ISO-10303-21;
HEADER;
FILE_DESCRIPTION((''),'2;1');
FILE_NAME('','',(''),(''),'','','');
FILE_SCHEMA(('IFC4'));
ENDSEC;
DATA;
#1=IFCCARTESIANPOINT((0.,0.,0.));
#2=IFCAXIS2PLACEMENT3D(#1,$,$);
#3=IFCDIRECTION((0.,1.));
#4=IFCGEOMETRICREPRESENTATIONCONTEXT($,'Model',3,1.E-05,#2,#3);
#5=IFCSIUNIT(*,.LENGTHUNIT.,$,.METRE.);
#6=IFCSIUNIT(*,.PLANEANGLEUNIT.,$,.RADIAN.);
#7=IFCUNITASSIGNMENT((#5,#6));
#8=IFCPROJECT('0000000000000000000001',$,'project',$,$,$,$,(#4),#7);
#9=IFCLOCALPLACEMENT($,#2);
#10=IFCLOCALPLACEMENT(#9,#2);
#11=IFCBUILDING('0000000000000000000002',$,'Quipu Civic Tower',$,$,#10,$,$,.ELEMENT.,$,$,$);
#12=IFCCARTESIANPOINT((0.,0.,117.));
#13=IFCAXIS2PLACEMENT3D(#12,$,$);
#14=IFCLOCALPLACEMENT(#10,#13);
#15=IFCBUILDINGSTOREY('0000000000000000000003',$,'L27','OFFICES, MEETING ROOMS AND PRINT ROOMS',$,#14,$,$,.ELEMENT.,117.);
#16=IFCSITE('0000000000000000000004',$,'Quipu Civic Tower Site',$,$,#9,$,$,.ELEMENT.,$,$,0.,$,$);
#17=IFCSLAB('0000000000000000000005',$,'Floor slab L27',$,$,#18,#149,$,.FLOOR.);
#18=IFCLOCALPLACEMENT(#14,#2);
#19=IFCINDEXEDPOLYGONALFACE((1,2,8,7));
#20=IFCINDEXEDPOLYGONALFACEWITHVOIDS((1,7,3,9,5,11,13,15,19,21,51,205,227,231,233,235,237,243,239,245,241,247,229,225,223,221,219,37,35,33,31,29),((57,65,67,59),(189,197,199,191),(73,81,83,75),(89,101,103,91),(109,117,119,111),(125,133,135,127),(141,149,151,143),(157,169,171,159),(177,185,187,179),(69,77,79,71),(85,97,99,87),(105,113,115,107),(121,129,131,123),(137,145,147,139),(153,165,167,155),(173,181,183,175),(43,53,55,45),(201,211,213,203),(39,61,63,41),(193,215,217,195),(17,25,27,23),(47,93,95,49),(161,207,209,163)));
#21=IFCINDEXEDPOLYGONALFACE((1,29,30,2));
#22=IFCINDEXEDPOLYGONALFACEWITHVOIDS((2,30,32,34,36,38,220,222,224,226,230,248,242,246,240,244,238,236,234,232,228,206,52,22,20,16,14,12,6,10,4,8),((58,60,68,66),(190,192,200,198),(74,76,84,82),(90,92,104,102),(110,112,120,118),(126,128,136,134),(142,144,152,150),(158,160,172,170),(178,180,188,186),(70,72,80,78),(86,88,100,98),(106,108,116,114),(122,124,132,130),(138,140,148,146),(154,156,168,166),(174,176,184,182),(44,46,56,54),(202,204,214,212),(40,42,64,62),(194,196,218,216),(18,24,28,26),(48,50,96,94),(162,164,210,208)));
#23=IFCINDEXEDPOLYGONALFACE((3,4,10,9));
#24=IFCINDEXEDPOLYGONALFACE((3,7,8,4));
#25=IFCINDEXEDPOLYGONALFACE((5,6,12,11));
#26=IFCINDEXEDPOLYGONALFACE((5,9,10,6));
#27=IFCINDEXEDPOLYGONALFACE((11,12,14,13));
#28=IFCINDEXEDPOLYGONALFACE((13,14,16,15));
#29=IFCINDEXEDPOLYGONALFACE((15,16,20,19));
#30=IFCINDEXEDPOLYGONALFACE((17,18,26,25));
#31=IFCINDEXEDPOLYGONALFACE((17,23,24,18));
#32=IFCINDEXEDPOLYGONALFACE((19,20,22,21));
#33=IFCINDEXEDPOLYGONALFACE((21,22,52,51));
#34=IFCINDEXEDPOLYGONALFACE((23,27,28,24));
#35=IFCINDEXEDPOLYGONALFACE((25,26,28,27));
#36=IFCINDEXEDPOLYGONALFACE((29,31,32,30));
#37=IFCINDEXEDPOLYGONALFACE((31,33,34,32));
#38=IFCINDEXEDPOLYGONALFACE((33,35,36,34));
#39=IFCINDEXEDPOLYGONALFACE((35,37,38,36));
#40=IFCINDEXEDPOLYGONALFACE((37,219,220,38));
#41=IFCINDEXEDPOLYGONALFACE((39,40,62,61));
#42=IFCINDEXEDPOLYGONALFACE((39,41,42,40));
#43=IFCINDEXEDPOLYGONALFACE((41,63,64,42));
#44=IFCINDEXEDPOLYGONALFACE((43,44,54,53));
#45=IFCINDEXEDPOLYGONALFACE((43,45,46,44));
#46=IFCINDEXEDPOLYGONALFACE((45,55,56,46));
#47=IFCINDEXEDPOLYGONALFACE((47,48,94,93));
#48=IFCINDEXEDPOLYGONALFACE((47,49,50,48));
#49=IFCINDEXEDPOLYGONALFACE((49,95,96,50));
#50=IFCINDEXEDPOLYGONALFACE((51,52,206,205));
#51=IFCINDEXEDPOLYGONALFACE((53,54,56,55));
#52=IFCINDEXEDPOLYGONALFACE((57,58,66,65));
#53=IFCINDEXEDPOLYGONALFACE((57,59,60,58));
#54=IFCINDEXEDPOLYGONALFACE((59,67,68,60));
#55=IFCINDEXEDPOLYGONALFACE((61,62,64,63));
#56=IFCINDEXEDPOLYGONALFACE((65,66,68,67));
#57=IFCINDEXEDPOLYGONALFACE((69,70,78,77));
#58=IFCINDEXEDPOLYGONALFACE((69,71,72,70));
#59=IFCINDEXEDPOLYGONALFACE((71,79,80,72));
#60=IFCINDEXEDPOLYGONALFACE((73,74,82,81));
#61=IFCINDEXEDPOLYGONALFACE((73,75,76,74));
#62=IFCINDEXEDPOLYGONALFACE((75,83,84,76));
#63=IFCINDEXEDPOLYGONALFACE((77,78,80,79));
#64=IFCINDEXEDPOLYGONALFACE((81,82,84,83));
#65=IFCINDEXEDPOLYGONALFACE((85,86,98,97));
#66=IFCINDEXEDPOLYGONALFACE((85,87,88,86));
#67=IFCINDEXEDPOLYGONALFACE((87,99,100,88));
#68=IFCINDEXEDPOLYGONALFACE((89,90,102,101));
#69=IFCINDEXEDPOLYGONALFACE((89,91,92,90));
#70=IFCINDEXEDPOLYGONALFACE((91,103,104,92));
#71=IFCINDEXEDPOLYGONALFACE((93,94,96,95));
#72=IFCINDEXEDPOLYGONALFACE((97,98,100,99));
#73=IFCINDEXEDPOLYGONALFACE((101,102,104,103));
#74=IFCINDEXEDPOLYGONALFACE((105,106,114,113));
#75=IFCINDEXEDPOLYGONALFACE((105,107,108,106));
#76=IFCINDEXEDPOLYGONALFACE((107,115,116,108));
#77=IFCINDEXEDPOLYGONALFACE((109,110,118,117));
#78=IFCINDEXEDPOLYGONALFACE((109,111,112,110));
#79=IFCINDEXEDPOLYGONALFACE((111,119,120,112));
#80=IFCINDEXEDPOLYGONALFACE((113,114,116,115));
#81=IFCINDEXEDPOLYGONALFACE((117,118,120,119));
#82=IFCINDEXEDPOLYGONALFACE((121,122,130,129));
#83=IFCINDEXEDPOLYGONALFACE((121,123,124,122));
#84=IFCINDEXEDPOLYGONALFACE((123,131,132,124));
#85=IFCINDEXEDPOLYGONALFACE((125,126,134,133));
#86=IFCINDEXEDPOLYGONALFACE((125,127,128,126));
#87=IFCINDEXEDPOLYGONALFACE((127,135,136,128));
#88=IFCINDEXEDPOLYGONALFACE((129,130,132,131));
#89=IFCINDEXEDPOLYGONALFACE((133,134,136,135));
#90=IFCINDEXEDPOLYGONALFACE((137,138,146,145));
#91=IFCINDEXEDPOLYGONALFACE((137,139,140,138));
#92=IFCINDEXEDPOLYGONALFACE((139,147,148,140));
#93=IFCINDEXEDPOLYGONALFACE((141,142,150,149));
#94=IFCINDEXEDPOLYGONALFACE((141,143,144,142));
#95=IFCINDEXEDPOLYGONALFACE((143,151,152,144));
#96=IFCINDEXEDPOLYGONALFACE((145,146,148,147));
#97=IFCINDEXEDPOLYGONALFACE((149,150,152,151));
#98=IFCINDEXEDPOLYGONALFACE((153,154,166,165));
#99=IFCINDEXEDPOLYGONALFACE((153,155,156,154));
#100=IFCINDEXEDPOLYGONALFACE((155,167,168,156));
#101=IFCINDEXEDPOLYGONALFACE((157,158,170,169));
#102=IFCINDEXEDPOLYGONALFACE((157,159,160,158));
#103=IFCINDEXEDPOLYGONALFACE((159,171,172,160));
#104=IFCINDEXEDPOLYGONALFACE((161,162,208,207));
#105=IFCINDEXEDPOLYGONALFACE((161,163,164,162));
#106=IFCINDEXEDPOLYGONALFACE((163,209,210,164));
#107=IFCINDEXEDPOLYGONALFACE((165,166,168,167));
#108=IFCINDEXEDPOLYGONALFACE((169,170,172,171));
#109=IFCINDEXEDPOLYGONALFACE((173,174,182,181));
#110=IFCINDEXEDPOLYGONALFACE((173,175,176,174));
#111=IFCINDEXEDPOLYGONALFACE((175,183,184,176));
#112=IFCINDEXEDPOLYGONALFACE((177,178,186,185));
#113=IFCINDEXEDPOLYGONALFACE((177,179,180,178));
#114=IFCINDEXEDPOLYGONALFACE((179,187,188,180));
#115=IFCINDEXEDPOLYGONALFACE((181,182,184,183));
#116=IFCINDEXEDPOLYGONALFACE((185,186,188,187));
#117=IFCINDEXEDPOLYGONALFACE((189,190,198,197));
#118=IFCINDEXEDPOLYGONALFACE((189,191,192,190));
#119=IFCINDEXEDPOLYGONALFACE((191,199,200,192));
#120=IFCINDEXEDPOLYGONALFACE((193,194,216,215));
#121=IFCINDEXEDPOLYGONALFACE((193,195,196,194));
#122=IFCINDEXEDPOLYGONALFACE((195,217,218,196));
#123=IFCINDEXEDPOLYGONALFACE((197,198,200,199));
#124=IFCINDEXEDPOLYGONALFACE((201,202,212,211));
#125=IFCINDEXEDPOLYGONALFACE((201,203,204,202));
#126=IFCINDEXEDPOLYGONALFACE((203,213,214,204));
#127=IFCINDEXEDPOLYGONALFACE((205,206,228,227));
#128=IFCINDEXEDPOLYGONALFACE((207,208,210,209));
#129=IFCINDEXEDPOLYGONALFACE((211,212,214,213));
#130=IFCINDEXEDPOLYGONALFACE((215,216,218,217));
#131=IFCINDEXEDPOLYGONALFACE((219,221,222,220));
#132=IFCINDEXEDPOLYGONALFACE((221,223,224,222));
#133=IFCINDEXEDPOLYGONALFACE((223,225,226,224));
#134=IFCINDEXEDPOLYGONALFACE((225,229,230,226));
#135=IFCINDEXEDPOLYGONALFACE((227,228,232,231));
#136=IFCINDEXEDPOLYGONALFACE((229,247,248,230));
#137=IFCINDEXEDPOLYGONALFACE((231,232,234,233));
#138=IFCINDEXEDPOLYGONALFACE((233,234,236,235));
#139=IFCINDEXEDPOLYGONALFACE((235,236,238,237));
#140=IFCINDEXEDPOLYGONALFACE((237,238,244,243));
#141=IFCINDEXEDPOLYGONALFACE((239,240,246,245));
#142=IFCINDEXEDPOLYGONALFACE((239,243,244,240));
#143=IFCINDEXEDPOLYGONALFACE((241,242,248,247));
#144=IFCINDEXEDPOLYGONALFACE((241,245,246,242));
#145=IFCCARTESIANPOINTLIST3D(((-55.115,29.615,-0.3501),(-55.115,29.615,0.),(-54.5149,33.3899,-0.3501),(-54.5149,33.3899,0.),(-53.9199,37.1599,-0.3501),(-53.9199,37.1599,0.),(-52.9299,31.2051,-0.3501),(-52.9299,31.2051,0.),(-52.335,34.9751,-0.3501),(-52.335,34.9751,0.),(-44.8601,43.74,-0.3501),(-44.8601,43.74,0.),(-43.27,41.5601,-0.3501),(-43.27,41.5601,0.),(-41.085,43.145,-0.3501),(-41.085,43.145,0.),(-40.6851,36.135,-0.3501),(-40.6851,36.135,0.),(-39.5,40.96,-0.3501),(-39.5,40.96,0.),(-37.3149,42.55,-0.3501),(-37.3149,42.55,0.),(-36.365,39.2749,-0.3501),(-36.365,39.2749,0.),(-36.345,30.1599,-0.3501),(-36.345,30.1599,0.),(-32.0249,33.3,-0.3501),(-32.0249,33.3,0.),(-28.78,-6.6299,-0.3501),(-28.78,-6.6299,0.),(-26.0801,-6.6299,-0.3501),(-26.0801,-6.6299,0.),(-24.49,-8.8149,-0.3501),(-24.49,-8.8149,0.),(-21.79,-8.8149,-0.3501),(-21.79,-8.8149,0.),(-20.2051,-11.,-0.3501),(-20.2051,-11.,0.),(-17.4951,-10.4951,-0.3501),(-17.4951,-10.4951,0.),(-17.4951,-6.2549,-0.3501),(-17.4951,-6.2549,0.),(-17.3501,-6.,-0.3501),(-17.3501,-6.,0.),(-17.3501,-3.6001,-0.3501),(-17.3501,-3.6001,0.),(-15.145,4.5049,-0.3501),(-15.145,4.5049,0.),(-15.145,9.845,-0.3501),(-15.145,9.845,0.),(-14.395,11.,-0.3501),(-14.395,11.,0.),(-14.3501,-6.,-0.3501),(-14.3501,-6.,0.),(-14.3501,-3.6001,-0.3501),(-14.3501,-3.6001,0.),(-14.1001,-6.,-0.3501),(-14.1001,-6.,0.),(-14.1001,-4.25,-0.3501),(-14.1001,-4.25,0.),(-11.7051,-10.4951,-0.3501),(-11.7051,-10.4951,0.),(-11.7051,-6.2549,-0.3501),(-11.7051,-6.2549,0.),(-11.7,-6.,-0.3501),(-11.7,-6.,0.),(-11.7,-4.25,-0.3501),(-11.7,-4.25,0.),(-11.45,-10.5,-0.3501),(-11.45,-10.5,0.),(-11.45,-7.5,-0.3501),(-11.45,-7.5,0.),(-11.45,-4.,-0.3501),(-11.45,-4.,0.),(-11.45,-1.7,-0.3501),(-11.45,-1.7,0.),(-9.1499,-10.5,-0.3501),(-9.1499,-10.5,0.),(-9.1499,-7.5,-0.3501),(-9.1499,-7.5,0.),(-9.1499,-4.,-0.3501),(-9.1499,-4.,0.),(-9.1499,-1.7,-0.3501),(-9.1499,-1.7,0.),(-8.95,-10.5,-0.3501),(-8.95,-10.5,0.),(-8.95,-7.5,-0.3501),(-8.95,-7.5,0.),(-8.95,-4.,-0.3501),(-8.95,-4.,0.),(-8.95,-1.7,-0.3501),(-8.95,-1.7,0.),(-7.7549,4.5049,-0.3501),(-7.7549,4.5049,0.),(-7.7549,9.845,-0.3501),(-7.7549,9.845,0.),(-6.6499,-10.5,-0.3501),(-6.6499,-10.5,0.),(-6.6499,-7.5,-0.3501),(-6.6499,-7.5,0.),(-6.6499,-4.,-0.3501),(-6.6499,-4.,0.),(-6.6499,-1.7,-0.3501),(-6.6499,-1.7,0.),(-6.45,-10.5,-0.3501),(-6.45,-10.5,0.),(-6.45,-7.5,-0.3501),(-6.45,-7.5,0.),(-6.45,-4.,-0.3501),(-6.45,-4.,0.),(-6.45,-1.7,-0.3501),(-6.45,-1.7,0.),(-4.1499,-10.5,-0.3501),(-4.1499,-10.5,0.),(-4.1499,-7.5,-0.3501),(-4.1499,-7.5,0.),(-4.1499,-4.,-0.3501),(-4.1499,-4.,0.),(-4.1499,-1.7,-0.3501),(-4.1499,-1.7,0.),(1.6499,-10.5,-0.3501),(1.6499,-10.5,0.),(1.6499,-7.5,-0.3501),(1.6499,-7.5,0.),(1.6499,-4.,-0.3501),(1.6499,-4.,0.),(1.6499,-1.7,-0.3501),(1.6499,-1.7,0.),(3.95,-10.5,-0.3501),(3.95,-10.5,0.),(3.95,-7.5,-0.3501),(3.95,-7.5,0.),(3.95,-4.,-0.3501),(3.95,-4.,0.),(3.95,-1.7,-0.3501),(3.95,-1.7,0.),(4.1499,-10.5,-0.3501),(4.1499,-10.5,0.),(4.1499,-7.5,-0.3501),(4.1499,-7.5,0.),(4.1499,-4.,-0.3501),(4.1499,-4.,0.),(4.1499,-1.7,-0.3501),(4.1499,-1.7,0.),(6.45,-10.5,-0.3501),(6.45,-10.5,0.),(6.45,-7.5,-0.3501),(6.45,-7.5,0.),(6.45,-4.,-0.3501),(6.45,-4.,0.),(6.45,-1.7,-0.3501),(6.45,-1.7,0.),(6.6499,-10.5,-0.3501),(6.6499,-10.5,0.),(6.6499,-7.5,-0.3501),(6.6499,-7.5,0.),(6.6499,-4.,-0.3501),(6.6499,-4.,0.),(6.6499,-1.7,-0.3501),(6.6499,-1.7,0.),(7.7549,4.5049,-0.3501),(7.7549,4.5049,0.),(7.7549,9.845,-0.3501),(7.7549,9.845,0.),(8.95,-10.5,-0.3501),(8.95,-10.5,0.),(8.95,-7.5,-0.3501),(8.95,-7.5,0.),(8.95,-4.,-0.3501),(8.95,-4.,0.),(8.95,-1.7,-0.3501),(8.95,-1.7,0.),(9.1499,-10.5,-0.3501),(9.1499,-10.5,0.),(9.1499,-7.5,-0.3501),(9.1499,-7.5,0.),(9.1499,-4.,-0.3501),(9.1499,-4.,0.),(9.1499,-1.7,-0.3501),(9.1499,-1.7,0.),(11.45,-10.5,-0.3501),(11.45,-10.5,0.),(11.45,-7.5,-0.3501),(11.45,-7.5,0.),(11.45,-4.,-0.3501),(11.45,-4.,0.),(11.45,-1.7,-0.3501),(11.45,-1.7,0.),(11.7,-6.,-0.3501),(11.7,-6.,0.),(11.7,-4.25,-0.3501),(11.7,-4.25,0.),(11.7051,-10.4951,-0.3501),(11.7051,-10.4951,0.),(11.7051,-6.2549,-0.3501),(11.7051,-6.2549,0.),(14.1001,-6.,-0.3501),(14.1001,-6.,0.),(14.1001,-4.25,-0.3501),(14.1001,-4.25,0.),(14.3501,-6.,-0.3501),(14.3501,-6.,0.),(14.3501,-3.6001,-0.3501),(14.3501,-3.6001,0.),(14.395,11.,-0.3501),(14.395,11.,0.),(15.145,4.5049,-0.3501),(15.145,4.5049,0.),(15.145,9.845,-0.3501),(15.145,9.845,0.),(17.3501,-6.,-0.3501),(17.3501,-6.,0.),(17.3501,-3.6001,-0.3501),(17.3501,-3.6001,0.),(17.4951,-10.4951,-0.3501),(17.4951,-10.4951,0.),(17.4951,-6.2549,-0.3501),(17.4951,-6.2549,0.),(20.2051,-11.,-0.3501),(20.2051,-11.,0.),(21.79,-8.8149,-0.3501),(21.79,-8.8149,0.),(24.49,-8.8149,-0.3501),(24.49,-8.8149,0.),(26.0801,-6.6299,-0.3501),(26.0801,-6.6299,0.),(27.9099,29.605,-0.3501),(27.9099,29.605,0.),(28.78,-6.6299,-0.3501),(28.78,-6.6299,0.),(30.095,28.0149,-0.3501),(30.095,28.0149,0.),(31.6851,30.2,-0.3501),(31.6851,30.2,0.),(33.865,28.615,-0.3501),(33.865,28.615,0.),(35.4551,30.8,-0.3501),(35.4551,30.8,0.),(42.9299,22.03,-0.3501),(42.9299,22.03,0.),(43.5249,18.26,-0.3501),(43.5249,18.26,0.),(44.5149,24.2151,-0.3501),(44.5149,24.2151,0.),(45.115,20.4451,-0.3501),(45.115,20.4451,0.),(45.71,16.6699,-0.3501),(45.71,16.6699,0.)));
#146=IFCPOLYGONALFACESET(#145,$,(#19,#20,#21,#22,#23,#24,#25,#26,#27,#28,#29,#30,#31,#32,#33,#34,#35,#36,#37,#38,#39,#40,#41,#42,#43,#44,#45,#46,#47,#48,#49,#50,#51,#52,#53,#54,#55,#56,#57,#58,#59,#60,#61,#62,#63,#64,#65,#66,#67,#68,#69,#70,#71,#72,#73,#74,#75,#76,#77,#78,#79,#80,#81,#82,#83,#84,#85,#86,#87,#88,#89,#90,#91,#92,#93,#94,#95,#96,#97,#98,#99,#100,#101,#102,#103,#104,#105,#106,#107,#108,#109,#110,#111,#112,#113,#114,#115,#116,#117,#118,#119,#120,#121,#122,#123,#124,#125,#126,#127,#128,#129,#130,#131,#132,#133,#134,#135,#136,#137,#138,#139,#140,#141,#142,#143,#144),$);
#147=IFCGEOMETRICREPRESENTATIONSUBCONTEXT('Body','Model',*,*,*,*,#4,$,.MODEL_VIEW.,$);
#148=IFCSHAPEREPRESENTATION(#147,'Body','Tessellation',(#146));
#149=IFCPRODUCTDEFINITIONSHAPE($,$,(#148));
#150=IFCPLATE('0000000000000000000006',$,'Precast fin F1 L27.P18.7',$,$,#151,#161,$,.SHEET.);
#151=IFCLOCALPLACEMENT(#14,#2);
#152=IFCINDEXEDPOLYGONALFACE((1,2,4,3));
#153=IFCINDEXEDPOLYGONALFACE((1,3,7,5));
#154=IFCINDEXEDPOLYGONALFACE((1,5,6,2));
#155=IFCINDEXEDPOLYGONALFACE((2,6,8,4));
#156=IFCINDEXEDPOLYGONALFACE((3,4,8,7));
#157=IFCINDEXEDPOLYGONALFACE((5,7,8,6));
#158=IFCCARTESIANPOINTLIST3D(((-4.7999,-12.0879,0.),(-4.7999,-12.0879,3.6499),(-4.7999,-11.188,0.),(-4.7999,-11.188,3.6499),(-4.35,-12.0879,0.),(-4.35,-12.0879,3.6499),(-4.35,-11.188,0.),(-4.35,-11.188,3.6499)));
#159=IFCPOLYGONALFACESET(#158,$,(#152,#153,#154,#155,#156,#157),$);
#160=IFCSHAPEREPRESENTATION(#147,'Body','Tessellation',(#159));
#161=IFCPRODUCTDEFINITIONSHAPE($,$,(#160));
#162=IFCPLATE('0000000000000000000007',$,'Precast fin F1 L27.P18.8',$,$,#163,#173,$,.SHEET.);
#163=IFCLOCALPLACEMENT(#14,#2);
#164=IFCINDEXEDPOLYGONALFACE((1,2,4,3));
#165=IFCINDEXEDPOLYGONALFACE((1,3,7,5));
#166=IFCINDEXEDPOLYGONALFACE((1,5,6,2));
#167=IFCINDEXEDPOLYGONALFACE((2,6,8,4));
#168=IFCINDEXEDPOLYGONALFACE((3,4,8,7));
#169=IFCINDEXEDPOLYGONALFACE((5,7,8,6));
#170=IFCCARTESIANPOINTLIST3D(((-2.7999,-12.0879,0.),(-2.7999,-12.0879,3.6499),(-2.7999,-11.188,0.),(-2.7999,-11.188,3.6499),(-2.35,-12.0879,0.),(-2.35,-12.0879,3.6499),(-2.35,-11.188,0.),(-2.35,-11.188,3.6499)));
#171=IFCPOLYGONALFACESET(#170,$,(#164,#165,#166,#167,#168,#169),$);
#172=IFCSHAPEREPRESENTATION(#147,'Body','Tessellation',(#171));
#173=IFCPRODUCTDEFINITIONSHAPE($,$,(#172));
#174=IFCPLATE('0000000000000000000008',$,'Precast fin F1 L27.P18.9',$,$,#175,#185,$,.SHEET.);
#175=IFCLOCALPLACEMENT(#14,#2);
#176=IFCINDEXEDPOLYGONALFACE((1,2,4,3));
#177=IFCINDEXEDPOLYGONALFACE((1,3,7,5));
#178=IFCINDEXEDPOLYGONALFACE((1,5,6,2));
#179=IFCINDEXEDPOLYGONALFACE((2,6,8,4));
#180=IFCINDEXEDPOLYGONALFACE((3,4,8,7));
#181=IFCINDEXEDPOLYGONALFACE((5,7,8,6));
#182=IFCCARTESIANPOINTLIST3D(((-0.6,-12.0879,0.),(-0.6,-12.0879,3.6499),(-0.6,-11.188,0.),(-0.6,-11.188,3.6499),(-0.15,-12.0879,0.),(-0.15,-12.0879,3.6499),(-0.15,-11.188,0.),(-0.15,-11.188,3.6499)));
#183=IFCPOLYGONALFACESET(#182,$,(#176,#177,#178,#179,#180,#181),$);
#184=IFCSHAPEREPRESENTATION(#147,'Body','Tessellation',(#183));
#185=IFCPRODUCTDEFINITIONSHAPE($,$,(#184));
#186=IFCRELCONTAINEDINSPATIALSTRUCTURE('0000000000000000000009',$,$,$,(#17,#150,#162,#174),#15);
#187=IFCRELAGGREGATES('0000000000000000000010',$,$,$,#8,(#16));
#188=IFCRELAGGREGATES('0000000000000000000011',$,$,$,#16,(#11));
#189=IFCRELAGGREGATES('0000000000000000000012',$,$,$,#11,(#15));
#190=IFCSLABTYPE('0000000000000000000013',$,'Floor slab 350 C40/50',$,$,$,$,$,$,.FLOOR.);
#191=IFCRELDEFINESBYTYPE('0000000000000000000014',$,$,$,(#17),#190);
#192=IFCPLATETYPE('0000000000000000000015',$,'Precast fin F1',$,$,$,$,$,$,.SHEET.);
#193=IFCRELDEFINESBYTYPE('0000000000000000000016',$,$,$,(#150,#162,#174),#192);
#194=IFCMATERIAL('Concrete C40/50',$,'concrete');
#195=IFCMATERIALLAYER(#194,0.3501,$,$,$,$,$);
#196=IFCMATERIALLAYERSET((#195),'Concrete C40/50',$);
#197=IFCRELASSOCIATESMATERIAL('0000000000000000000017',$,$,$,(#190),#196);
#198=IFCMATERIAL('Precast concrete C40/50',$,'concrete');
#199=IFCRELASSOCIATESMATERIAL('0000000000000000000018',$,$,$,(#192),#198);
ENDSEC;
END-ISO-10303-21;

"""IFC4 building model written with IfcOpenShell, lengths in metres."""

from ifc_helpers import new_model, si_unit, direction, frame, origin, origin_2d, place, context, subcontext, project, spatial, polyline, rectangle, outline, extrude, material, layer, layer_set, type_object, element, save


model = new_model("IFC4")

# Units and contexts
model_context = context("Model", 3, precision=1e-05, world=origin(), true_north=direction((0.0, 1.0)))
body_context = subcontext(model_context, "Body", "Model", "MODEL_VIEW")
ifc_project = project(units=[si_unit("LENGTHUNIT", "METRE"), si_unit("PLANEANGLEUNIT", "RADIAN")], contexts=[model_context])

# Site, building, storey
site_placement = place(None, origin())
site = spatial("IfcSite", under=ifc_project, at=site_placement, Name="Quipu Civic Tower Site", CompositionType="ELEMENT", RefElevation=0.0)
building_placement = place(site_placement, origin())
building = spatial("IfcBuilding", under=site, at=building_placement, Name="Quipu Civic Tower", CompositionType="ELEMENT")
storey_placement = place(building_placement, frame((0.0, 0.0, 117.0)))
storey = spatial("IfcBuildingStorey", under=building, at=storey_placement, Name="L27", Description="OFFICES, MEETING ROOMS AND PRINT ROOMS", CompositionType="ELEMENT", Elevation=117.0)

# Slab
ifc_material_1 = material(Name="Concrete C40/50", Category="concrete")
ifc_layer_1 = layer(ifc_material_1, 0.3501)
ifc_layer_set_1 = layer_set([ifc_layer_1], Name="Concrete C40/50")
slab_type_1 = type_object("IfcSlabType", Name="Floor slab 350 C40/50", PredefinedType="FLOOR", material=ifc_layer_set_1)
slab_1_placement = place(storey_placement, frame((0.0, 0.0, -0.3501)))
element("IfcSlab", 1, at=slab_1_placement, inside=storey, type_object=slab_type_1, Name="Floor slab L27", PredefinedType="FLOOR", context=body_context, shape_type="SweptSolid", body=[
    extrude(outline(polyline([(27.9099, 29.605), (30.095, 28.0149), (31.6851, 30.2), (33.865, 28.615), (35.4551, 30.8), (44.5149, 24.2151), (42.9299, 22.03), (45.115, 20.4451), (43.5249, 18.26), (45.71, 16.6699), (28.78, -6.6299), (26.0801, -6.6299), (24.49, -8.8149), (21.79, -8.8149), (20.2051, -11.0), (-20.2051, -11.0), (-21.79, -8.8149), (-24.49, -8.8149), (-26.0801, -6.6299), (-28.78, -6.6299), (-55.115, 29.615), (-52.9299, 31.2051), (-54.5149, 33.3899), (-52.335, 34.9751), (-53.9199, 37.1599), (-44.8601, 43.74), (-43.27, 41.5601), (-41.085, 43.145), (-39.5, 40.96), (-37.3149, 42.55), (-14.395, 11.0), (14.395, 11.0), (27.9099, 29.605)]), holes=[polyline([(-11.45, -7.5), (-11.45, -10.5), (-9.1499, -10.5), (-9.1499, -7.5), (-11.45, -7.5)]), polyline([(-8.95, -7.5), (-8.95, -10.5), (-6.6499, -10.5), (-6.6499, -7.5), (-8.95, -7.5)]), polyline([(-6.45, -7.5), (-6.45, -10.5), (-4.1499, -10.5), (-4.1499, -7.5), (-6.45, -7.5)]), polyline([(-11.7051, -10.4951), (-11.7051, -6.2549), (-17.4951, -6.2549), (-17.4951, -10.4951), (-11.7051, -10.4951)]), polyline([(-11.7, -4.25), (-14.1001, -4.25), (-14.1001, -6.0), (-11.7, -6.0), (-11.7, -4.25)]), polyline([(-17.3501, -3.6001), (-17.3501, -6.0), (-14.3501, -6.0), (-14.3501, -3.6001), (-17.3501, -3.6001)]), polyline([(-9.1499, -1.7), (-11.45, -1.7), (-11.45, -4.0), (-9.1499, -4.0), (-9.1499, -1.7)]), polyline([(-6.6499, -1.7), (-8.95, -1.7), (-8.95, -4.0), (-6.6499, -4.0), (-6.6499, -1.7)]), polyline([(-6.45, -1.7), (-6.45, -4.0), (-4.1499, -4.0), (-4.1499, -1.7), (-6.45, -1.7)]), polyline([(3.95, -1.7), (1.6499, -1.7), (1.6499, -4.0), (3.95, -4.0), (3.95, -1.7)]), polyline([(-7.7549, 4.5049), (-7.7549, 9.845), (-15.145, 9.845), (-15.145, 4.5049), (-7.7549, 4.5049)]), polyline([(-40.6851, 36.135), (-36.345, 30.1599), (-32.0249, 33.3), (-36.365, 39.2749), (-40.6851, 36.135)]), polyline([(3.95, -7.5), (1.6499, -7.5), (1.6499, -10.5), (3.95, -10.5), (3.95, -7.5)]), polyline([(6.45, -7.5), (4.1499, -7.5), (4.1499, -10.5), (6.45, -10.5), (6.45, -7.5)]), polyline([(6.6499, -7.5), (6.6499, -10.5), (8.95, -10.5), (8.95, -7.5), (6.6499, -7.5)]), polyline([(11.45, -7.5), (9.1499, -7.5), (9.1499, -10.5), (11.45, -10.5), (11.45, -7.5)]), polyline([(11.7051, -6.2549), (11.7051, -10.4951), (17.4951, -10.4951), (17.4951, -6.2549), (11.7051, -6.2549)]), polyline([(11.7, -4.25), (11.7, -6.0), (14.1001, -6.0), (14.1001, -4.25), (11.7, -4.25)]), polyline([(17.3501, -3.6001), (14.3501, -3.6001), (14.3501, -6.0), (17.3501, -6.0), (17.3501, -3.6001)]), polyline([(6.45, -1.7), (4.1499, -1.7), (4.1499, -4.0), (6.45, -4.0), (6.45, -1.7)]), polyline([(6.6499, -1.7), (6.6499, -4.0), (8.95, -4.0), (8.95, -1.7), (6.6499, -1.7)]), polyline([(11.45, -1.7), (9.1499, -1.7), (9.1499, -4.0), (11.45, -4.0), (11.45, -1.7)]), polyline([(7.7549, 9.845), (7.7549, 4.5049), (15.145, 4.5049), (15.145, 9.845), (7.7549, 9.845)])]), origin(), (0.0, 0.0, 1.0), 0.3501),
])

# Plates
ifc_material_2 = material(Name="Precast concrete C40/50", Category="concrete")
plate_type = type_object("IfcPlateType", Name="Precast fin F1", PredefinedType="SHEET", material=ifc_material_2)
for number, where, z_axis, x_axis, name in (
    (2, (-4.575, -11.6379, 0.0), (0.0, 0.0, 1.0), (1.0, 0.0, 0.0), "Precast fin F1 L27.P18.7"),
    (3, (-2.575, -11.6379, 0.0), (0.0, 0.0, 1.0), (1.0, 0.0, 0.0), "Precast fin F1 L27.P18.8"),
    (4, (-0.375, -11.6379, 0.0), (0.0, 0.0, 1.0), (1.0, 0.0, 0.0), "Precast fin F1 L27.P18.9"),
):
    element("IfcPlate", number, at=place(storey_placement, frame(where, z_axis=z_axis, x_axis=x_axis)), inside=storey, type_object=plate_type, Name=name, PredefinedType="SHEET", context=body_context, shape_type="SweptSolid", body=[
        extrude(rectangle(XDim=0.45, YDim=0.8999, at=origin_2d()), origin(), (0.0, 0.0, 1.0), 3.6499),
    ])

save(model, "model.ifc")
